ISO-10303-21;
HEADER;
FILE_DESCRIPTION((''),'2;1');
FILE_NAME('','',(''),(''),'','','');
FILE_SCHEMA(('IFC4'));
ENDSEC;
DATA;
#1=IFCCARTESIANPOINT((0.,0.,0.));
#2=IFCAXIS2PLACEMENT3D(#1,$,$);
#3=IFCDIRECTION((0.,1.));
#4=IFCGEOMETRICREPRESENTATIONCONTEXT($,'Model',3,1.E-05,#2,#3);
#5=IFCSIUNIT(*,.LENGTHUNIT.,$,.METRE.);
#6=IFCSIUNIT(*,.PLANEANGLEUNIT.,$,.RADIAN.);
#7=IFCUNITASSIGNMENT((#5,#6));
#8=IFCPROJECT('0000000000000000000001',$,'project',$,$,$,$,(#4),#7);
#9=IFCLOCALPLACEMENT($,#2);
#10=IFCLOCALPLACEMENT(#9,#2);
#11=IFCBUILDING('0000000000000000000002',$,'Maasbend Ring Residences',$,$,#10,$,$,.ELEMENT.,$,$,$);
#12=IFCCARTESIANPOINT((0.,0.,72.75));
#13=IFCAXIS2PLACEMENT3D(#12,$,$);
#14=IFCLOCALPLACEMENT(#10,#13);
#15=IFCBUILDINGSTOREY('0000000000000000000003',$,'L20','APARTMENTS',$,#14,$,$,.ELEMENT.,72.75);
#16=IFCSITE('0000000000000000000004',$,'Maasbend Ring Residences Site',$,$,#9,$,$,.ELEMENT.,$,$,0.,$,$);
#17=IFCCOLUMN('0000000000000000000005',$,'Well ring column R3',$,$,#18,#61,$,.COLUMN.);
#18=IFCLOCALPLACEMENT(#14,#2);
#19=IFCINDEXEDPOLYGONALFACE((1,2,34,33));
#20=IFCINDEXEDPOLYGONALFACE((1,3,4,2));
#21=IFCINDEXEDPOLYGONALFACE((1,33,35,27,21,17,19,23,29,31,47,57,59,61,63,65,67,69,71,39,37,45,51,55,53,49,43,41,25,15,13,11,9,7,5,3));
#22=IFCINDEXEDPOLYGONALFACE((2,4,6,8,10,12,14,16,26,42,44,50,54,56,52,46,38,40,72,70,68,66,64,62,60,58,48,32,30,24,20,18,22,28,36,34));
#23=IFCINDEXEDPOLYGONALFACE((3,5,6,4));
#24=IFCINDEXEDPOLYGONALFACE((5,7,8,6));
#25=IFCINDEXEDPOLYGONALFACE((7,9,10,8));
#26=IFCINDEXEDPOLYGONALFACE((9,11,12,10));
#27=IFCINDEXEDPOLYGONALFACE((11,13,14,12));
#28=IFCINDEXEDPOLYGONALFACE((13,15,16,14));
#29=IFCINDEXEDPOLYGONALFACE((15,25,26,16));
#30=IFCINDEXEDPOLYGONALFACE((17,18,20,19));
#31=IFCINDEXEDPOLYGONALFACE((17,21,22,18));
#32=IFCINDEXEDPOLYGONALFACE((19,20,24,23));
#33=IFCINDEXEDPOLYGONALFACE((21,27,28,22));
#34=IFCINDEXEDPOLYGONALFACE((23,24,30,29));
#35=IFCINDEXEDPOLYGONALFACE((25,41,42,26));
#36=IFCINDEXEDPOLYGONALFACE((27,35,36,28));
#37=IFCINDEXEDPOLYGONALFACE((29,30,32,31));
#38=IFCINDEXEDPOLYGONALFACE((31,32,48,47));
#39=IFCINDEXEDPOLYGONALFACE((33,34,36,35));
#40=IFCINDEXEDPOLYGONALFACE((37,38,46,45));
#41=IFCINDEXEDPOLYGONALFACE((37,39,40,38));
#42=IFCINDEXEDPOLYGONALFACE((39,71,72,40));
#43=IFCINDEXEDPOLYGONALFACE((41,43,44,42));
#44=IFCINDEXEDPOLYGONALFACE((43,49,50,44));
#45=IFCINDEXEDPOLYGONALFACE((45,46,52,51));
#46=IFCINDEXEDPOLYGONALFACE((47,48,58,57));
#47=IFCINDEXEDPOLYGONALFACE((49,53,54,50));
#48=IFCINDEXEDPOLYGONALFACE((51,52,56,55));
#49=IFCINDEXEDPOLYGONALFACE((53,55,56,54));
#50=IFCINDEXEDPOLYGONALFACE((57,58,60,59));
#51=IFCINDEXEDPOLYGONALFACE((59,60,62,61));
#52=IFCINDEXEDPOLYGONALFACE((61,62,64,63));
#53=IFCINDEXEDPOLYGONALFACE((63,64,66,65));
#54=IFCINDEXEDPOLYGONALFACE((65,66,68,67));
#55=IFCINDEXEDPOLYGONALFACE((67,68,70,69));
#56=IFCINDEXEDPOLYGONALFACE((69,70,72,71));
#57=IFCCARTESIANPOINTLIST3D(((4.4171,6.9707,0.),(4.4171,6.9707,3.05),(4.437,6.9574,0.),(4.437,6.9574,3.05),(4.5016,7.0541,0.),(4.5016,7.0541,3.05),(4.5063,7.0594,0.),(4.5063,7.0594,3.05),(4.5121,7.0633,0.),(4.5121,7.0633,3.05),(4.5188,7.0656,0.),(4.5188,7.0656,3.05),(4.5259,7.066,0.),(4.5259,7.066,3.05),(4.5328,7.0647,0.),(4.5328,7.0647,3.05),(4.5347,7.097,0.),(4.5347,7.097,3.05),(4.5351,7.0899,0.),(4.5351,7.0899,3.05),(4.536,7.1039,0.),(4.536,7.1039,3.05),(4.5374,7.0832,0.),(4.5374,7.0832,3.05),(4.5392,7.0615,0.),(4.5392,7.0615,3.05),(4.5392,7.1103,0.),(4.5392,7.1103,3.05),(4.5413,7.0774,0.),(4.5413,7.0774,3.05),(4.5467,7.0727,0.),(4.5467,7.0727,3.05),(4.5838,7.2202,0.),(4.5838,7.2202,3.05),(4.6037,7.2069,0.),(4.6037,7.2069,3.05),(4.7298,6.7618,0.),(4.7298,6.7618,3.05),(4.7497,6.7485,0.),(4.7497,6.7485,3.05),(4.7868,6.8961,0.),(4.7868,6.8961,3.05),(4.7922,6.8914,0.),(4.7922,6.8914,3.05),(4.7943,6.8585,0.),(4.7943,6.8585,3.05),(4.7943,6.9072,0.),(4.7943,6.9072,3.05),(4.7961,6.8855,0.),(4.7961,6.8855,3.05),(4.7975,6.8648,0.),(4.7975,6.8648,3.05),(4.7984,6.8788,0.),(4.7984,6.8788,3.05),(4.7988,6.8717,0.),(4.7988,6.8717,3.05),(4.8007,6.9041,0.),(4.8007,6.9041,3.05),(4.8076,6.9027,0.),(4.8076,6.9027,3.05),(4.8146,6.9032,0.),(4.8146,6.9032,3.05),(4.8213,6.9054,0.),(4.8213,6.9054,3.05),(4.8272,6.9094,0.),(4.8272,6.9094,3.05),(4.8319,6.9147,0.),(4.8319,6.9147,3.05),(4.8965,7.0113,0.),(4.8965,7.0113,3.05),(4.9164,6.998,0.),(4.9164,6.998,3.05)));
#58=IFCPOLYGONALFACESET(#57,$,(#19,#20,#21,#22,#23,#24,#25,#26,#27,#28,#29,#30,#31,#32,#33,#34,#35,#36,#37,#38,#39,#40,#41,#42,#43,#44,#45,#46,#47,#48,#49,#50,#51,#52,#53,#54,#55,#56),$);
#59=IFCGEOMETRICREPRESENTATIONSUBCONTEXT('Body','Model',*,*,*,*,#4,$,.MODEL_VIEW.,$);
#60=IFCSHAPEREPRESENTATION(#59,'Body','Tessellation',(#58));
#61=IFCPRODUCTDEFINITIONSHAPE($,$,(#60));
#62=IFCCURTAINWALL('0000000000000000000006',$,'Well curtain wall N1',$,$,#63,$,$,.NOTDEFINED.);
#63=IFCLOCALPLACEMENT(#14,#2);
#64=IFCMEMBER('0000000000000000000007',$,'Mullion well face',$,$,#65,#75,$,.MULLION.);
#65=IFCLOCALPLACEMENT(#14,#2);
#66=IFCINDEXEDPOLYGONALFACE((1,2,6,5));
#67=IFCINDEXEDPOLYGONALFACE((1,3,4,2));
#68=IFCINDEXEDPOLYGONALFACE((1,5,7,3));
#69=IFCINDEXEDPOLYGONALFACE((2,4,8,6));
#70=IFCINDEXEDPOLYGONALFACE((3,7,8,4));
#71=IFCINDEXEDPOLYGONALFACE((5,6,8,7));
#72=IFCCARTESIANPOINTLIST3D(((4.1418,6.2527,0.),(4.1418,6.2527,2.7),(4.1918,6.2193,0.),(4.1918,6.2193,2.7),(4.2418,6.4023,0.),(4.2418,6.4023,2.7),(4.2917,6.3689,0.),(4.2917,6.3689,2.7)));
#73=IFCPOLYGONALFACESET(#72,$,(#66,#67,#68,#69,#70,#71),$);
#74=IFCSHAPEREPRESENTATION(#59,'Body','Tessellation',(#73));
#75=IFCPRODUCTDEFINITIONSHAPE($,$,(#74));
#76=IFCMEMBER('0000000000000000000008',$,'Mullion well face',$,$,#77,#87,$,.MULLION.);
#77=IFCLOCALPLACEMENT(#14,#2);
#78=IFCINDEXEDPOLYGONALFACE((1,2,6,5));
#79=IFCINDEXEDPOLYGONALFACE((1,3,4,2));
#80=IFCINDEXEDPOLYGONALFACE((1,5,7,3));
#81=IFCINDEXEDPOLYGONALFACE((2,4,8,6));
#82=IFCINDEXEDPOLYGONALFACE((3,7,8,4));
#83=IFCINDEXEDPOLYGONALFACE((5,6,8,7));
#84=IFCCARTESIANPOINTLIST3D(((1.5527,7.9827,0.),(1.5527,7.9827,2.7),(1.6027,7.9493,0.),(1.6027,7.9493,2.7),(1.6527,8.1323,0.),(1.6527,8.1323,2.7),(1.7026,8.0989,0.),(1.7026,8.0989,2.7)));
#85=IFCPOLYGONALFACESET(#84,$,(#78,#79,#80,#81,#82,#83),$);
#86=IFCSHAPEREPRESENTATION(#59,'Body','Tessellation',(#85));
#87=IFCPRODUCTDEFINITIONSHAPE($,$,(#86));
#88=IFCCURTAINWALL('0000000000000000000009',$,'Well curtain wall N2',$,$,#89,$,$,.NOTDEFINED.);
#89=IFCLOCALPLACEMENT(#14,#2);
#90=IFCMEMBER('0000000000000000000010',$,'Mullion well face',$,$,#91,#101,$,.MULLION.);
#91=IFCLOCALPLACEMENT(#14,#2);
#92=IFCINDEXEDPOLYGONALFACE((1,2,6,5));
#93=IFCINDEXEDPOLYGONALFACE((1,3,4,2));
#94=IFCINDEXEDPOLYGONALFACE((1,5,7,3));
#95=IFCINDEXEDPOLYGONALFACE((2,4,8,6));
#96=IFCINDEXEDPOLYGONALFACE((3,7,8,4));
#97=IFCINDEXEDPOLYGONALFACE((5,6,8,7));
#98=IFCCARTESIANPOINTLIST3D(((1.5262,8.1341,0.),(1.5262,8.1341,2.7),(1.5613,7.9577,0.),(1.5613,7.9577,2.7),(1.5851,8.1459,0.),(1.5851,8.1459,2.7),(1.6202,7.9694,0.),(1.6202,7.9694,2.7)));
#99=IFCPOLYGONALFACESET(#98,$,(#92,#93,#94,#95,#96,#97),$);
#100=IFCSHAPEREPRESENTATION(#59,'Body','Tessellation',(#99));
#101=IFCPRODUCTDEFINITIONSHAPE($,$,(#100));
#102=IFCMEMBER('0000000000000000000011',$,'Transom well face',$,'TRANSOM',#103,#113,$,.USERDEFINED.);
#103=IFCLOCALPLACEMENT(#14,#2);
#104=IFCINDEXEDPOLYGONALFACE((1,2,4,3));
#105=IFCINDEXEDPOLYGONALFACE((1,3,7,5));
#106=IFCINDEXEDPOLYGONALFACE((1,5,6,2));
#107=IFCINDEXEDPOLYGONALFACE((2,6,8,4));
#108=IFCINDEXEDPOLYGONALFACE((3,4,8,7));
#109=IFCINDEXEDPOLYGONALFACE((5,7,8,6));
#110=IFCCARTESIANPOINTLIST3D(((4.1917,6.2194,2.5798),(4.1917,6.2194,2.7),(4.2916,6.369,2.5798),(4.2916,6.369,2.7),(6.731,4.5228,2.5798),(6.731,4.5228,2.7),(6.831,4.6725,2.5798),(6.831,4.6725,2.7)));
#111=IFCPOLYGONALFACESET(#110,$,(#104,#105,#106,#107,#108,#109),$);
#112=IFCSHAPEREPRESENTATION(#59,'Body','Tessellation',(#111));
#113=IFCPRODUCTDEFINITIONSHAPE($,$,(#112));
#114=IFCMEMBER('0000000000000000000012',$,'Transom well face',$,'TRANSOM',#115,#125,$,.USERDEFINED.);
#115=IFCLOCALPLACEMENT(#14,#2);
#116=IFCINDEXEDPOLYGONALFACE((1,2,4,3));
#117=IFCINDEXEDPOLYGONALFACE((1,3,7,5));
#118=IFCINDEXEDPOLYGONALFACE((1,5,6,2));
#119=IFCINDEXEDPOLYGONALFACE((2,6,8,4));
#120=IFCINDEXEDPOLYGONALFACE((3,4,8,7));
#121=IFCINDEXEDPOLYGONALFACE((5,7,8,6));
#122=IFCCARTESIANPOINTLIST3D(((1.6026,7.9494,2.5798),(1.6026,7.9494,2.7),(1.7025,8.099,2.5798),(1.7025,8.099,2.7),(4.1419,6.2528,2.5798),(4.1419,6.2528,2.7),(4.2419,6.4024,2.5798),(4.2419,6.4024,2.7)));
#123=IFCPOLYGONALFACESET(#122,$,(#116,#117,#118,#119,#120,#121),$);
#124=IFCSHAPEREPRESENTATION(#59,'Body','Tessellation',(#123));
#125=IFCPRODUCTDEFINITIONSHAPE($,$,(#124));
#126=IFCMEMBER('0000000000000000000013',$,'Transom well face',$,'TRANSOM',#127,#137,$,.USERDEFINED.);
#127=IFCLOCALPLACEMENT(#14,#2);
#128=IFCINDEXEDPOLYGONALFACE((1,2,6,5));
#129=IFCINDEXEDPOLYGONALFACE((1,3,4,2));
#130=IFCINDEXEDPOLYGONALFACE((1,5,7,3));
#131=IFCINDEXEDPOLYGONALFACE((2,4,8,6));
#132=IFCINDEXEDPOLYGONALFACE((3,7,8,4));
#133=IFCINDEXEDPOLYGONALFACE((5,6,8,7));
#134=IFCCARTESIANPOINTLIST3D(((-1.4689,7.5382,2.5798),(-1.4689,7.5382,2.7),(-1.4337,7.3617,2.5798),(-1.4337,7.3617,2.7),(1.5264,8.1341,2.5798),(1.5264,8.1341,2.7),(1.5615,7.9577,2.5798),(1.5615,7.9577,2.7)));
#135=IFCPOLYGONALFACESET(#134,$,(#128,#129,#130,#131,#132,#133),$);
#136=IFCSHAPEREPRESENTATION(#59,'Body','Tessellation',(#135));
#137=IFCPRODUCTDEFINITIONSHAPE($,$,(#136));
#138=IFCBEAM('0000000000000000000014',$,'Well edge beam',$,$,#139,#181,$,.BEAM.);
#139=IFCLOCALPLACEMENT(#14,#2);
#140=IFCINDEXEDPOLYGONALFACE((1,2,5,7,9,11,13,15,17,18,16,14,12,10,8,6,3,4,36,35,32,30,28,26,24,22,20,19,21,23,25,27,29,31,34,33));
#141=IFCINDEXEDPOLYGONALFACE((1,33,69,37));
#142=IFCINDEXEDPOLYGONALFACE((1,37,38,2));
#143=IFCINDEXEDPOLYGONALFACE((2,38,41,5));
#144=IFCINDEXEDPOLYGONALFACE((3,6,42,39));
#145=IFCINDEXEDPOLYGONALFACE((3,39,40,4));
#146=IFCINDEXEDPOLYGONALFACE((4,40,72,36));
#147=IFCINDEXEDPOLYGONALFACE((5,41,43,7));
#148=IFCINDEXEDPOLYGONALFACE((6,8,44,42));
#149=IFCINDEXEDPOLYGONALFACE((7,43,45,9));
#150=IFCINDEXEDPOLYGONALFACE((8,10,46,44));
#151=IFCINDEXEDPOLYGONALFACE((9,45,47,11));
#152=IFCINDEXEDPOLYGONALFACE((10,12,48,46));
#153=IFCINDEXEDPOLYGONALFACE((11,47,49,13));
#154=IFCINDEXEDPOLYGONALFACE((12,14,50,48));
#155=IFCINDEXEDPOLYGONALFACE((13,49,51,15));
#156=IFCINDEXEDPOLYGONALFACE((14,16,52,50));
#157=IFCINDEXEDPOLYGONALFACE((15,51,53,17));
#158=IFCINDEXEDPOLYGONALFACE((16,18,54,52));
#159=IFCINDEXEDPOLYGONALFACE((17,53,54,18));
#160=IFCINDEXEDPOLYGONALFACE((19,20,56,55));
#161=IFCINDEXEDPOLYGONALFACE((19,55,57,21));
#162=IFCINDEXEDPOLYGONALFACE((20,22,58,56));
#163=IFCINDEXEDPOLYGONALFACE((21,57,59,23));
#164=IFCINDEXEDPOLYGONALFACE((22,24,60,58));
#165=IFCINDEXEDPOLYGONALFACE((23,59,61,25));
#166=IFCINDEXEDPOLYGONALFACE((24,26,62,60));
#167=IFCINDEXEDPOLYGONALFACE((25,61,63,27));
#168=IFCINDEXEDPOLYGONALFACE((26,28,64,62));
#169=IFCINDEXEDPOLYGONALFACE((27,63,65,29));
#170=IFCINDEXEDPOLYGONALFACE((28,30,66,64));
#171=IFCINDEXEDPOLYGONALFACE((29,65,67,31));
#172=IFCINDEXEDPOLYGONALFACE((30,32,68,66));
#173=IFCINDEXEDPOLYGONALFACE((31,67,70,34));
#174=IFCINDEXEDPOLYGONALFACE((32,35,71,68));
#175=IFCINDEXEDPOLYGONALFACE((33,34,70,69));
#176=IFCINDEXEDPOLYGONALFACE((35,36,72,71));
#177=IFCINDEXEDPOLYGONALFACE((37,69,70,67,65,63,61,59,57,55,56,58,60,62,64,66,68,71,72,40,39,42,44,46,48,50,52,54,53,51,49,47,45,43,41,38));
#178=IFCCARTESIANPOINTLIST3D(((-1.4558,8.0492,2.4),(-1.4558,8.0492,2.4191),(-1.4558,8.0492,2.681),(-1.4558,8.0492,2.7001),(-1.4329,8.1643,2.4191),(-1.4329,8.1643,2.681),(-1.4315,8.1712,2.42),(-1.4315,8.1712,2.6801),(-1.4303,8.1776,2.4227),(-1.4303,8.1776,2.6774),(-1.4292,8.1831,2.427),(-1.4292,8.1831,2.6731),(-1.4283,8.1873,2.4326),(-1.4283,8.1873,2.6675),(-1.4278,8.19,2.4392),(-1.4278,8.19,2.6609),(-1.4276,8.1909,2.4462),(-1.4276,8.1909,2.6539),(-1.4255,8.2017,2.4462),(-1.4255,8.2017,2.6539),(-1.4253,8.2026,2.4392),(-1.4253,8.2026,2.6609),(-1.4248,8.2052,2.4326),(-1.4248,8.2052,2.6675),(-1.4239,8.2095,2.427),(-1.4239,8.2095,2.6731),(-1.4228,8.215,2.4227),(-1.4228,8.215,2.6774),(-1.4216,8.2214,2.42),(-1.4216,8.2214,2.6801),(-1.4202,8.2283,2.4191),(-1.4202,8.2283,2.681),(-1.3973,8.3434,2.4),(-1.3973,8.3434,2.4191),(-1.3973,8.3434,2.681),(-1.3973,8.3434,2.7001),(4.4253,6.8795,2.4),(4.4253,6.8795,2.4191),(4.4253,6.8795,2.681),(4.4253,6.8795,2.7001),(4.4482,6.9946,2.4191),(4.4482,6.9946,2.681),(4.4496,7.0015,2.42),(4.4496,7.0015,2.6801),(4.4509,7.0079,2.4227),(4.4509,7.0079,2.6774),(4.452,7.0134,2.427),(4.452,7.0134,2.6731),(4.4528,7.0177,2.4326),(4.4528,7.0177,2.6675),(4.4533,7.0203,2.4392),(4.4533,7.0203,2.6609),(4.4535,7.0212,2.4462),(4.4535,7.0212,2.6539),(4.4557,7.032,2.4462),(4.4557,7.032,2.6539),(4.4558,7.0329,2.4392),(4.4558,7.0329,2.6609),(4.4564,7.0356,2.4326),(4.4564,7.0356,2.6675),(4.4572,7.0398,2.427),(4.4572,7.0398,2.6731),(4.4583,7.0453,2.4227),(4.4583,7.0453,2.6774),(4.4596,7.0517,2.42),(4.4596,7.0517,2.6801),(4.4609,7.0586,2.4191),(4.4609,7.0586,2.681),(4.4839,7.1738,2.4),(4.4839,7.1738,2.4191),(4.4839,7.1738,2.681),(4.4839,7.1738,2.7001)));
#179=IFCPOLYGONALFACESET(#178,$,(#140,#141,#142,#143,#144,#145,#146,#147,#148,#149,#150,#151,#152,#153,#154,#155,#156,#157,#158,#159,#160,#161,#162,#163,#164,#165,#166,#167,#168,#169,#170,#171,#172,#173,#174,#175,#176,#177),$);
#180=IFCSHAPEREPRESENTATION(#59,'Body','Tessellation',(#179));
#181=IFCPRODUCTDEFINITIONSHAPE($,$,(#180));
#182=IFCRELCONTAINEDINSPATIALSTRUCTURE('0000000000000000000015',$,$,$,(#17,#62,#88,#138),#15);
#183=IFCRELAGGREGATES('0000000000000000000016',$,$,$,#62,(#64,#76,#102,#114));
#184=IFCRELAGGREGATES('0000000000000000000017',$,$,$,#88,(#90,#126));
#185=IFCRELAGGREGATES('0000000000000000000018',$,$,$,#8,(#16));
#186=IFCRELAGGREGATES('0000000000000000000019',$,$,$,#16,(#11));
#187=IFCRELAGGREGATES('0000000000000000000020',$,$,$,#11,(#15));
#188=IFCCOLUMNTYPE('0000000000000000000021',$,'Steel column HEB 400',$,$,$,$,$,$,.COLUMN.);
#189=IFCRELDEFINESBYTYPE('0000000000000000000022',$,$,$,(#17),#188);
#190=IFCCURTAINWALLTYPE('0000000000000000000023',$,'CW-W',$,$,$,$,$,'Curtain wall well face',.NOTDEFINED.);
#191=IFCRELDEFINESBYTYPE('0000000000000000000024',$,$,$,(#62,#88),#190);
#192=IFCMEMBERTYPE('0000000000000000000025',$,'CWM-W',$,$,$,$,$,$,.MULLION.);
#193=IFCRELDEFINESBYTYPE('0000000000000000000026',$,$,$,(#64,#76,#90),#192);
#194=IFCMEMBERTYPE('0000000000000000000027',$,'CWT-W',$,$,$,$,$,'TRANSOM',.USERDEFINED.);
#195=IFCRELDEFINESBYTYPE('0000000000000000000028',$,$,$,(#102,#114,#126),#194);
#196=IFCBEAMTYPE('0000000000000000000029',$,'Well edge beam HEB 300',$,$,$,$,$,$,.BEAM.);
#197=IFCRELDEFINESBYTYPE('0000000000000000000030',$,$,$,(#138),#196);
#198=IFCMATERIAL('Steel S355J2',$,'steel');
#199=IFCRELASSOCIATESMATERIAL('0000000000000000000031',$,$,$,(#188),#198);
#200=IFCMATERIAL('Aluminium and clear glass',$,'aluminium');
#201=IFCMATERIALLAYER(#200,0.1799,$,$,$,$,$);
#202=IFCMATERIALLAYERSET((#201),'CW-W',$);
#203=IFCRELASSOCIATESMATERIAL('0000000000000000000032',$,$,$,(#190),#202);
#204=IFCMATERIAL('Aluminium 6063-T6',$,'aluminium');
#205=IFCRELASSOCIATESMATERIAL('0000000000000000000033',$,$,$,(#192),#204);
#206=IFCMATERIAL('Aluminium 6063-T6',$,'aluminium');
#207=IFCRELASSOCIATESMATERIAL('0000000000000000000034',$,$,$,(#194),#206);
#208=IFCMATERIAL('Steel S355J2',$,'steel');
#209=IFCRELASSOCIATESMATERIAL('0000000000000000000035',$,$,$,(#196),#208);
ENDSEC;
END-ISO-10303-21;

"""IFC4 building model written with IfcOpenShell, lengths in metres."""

from ifc_helpers import new_model, si_unit, direction, frame, origin, origin_2d, place, context, subcontext, project, spatial, rectangle, i_section, extrude, material, layer, layer_set, material_profile, profile_set, type_object, element, aggregate, save


model = new_model("IFC4")

# Units and contexts
model_context = context("Model", 3, precision=1e-05, world=origin(), true_north=direction((0.0, 1.0)))
body_context = subcontext(model_context, "Body", "Model", "MODEL_VIEW")
ifc_project = project(units=[si_unit("LENGTHUNIT", "METRE"), si_unit("PLANEANGLEUNIT", "RADIAN")], contexts=[model_context])

# Site, building, storey
site_placement = place(None, origin())
site = spatial("IfcSite", under=ifc_project, at=site_placement, Name="Maasbend Ring Residences Site", CompositionType="ELEMENT", RefElevation=0.0)
building_placement = place(site_placement, origin())
building = spatial("IfcBuilding", under=site, at=building_placement, Name="Maasbend Ring Residences", CompositionType="ELEMENT")
storey_placement = place(building_placement, frame((0.0, 0.0, 72.75)))
storey = spatial("IfcBuildingStorey", under=building, at=storey_placement, Name="L20", Description="APARTMENTS", CompositionType="ELEMENT", Elevation=72.75)

# Column
ifc_material_1 = material(Name="Steel S355J2", Category="steel")
ifc_material_profile_1 = material_profile(ifc_material_1, i_section(OverallWidth=0.3, OverallDepth=0.3999, WebThickness=0.0134, FlangeThickness=0.0239, FilletRadius=0.0271, at=origin_2d()), Name="HEB 400")
ifc_profile_set_1 = profile_set([ifc_material_profile_1], Name="Steel S355J2")
column_type = type_object("IfcColumnType", Name="Steel column HEB 400", PredefinedType="COLUMN", material=ifc_profile_set_1)
column_placement = place(storey_placement, frame((4.6667, 6.9844, 0.0), z_axis=(0.0, 0.0, 1.0), x_axis=(0.55557, 0.83147, 0.0)))
element("IfcColumn", 1, at=column_placement, inside=storey, type_object=column_type, Name="Well ring column R3", PredefinedType="COLUMN", context=body_context, shape_type="SweptSolid", body=[
    extrude(i_section(OverallWidth=0.3, OverallDepth=0.3999, WebThickness=0.0134, FlangeThickness=0.0239, FilletRadius=0.0271, at=origin_2d()), origin(), (0.0, 0.0, 1.0), 3.05),
])

# Curtain wall, members
ifc_material_2 = material(Name="Aluminium and clear glass", Category="aluminium")
ifc_layer_1 = layer(ifc_material_2, 0.1799)
ifc_layer_set_1 = layer_set([ifc_layer_1], Name="CW-W")
curtain_wall_type = type_object("IfcCurtainWallType", Name="CW-W", ElementType="Curtain wall well face", PredefinedType="NOTDEFINED", material=ifc_layer_set_1)
curtain_wall_1_placement = place(storey_placement, origin())
curtain_wall_1 = element("IfcCurtainWall", 2, at=curtain_wall_1_placement, inside=storey, type_object=curtain_wall_type, Name="Well curtain wall N1", PredefinedType="NOTDEFINED")
ifc_material_3 = material(Name="Aluminium 6063-T6", Category="aluminium")
ifc_material_profile_2 = material_profile(ifc_material_3, rectangle(XDim=0.1799, YDim=0.0601, at=origin_2d()), Name="AL 180x60")
ifc_profile_set_2 = profile_set([ifc_material_profile_2], Name="Aluminium 6063-T6")
member_type_1 = type_object("IfcMemberType", Name="CWM-W", PredefinedType="MULLION", material=ifc_profile_set_2)
member_1_placement = place(storey_placement, frame((4.2168, 6.3108, 0.0), z_axis=(0.0, 0.0, 1.0), x_axis=(-0.55557, -0.83147, 0.0)))
member_1 = element("IfcMember", 3, at=member_1_placement, type_object=member_type_1, Name="Mullion well face", PredefinedType="MULLION", context=body_context, shape_type="SweptSolid", body=[
    extrude(rectangle(XDim=0.1799, YDim=0.0601, at=origin_2d()), origin(), (0.0, 0.0, 1.0), 2.7),
])
member_2_placement = place(storey_placement, frame((1.6277, 8.0408, 0.0), z_axis=(0.0, 0.0, 1.0), x_axis=(-0.55557, -0.83147, 0.0)))
member_2 = element("IfcMember", 4, at=member_2_placement, type_object=member_type_1, Name="Mullion well face", PredefinedType="MULLION", context=body_context, shape_type="SweptSolid", body=[
    extrude(rectangle(XDim=0.1799, YDim=0.0601, at=origin_2d()), origin(), (0.0, 0.0, 1.0), 2.7),
])

# Curtain wall, member
curtain_wall_2_placement = place(storey_placement, origin())
curtain_wall_2 = element("IfcCurtainWall", 5, at=curtain_wall_2_placement, inside=storey, type_object=curtain_wall_type, Name="Well curtain wall N2", PredefinedType="NOTDEFINED")
member_3_placement = place(storey_placement, frame((1.5732, 8.0518, 0.0), z_axis=(0.0, 0.0, 1.0), x_axis=(0.19509, -0.980785, 0.0)))
member_3 = element("IfcMember", 6, at=member_3_placement, type_object=member_type_1, Name="Mullion well face", PredefinedType="MULLION", context=body_context, shape_type="SweptSolid", body=[
    extrude(rectangle(XDim=0.1799, YDim=0.0601, at=origin_2d()), origin(), (0.0, 0.0, 1.0), 2.7),
])

# Members
ifc_material_4 = material(Name="Aluminium 6063-T6", Category="aluminium")
ifc_material_profile_3 = material_profile(ifc_material_4, rectangle(XDim=0.1799, YDim=0.1201, at=origin_2d()), Name="AL 180x120")
ifc_profile_set_3 = profile_set([ifc_material_profile_3], Name="Aluminium 6063-T6")
member_type_2 = type_object("IfcMemberType", Name="CWT-W", ElementType="TRANSOM", PredefinedType="USERDEFINED", material=ifc_profile_set_3)
member_4_placement = place(storey_placement, frame((6.781, 4.5977, 2.6399), z_axis=(-0.831496, 0.55553, 0.0), x_axis=(-0.55553, -0.831496, 0.0)))
member_4 = element("IfcMember", 7, at=member_4_placement, type_object=member_type_2, Name="Transom well face", ObjectType="TRANSOM", PredefinedType="USERDEFINED", context=body_context, shape_type="SweptSolid", body=[
    extrude(rectangle(XDim=0.1799, YDim=0.1201, at=origin_2d()), origin(), (0.0, 0.0, 1.0), 3.054),
])
member_5_placement = place(storey_placement, frame((4.1919, 6.3276, 2.6399), z_axis=(-0.831496, 0.55553, 0.0), x_axis=(-0.55553, -0.831496, 0.0)))
member_5 = element("IfcMember", 8, at=member_5_placement, type_object=member_type_2, Name="Transom well face", ObjectType="TRANSOM", PredefinedType="USERDEFINED", context=body_context, shape_type="SweptSolid", body=[
    extrude(rectangle(XDim=0.1799, YDim=0.1201, at=origin_2d()), origin(), (0.0, 0.0, 1.0), 3.054),
])
member_6_placement = place(storey_placement, frame((1.5439, 8.0459, 2.6399), z_axis=(-0.980777, -0.195132, 0.0), x_axis=(0.195132, -0.980777, 0.0)))
member_6 = element("IfcMember", 9, at=member_6_placement, type_object=member_type_2, Name="Transom well face", ObjectType="TRANSOM", PredefinedType="USERDEFINED", context=body_context, shape_type="SweptSolid", body=[
    extrude(rectangle(XDim=0.1799, YDim=0.1201, at=origin_2d()), origin(), (0.0, 0.0, 1.0), 3.054),
])

# Beam
ifc_material_5 = material(Name="Steel S355J2", Category="steel")
ifc_material_profile_4 = material_profile(ifc_material_5, i_section(OverallWidth=0.3, OverallDepth=0.3, WebThickness=0.011, FlangeThickness=0.019, FilletRadius=0.0271, at=origin_2d()), Name="HEB 300")
ifc_profile_set_4 = profile_set([ifc_material_profile_4], Name="Steel S355J2")
beam_type = type_object("IfcBeamType", Name="Well edge beam HEB 300", PredefinedType="BEAM", material=ifc_profile_set_4)
beam_placement = place(storey_placement, frame((4.4546, 7.0266, 2.55), z_axis=(-0.98079, 0.195067, 0.0), x_axis=(-0.195067, -0.98079, 0.0)))
element("IfcBeam", 10, at=beam_placement, inside=storey, type_object=beam_type, Name="Well edge beam", PredefinedType="BEAM", context=body_context, shape_type="SweptSolid", body=[
    extrude(i_section(OverallWidth=0.3, OverallDepth=0.3, WebThickness=0.011, FlangeThickness=0.019, FilletRadius=0.0271, at=origin_2d()), origin(), (0.0, 0.0, 1.0), 5.9963),
])

aggregate(curtain_wall_1, [member_1, member_2, member_4, member_5])
aggregate(curtain_wall_2, [member_3, member_6])

save(model, "model.ifc")
